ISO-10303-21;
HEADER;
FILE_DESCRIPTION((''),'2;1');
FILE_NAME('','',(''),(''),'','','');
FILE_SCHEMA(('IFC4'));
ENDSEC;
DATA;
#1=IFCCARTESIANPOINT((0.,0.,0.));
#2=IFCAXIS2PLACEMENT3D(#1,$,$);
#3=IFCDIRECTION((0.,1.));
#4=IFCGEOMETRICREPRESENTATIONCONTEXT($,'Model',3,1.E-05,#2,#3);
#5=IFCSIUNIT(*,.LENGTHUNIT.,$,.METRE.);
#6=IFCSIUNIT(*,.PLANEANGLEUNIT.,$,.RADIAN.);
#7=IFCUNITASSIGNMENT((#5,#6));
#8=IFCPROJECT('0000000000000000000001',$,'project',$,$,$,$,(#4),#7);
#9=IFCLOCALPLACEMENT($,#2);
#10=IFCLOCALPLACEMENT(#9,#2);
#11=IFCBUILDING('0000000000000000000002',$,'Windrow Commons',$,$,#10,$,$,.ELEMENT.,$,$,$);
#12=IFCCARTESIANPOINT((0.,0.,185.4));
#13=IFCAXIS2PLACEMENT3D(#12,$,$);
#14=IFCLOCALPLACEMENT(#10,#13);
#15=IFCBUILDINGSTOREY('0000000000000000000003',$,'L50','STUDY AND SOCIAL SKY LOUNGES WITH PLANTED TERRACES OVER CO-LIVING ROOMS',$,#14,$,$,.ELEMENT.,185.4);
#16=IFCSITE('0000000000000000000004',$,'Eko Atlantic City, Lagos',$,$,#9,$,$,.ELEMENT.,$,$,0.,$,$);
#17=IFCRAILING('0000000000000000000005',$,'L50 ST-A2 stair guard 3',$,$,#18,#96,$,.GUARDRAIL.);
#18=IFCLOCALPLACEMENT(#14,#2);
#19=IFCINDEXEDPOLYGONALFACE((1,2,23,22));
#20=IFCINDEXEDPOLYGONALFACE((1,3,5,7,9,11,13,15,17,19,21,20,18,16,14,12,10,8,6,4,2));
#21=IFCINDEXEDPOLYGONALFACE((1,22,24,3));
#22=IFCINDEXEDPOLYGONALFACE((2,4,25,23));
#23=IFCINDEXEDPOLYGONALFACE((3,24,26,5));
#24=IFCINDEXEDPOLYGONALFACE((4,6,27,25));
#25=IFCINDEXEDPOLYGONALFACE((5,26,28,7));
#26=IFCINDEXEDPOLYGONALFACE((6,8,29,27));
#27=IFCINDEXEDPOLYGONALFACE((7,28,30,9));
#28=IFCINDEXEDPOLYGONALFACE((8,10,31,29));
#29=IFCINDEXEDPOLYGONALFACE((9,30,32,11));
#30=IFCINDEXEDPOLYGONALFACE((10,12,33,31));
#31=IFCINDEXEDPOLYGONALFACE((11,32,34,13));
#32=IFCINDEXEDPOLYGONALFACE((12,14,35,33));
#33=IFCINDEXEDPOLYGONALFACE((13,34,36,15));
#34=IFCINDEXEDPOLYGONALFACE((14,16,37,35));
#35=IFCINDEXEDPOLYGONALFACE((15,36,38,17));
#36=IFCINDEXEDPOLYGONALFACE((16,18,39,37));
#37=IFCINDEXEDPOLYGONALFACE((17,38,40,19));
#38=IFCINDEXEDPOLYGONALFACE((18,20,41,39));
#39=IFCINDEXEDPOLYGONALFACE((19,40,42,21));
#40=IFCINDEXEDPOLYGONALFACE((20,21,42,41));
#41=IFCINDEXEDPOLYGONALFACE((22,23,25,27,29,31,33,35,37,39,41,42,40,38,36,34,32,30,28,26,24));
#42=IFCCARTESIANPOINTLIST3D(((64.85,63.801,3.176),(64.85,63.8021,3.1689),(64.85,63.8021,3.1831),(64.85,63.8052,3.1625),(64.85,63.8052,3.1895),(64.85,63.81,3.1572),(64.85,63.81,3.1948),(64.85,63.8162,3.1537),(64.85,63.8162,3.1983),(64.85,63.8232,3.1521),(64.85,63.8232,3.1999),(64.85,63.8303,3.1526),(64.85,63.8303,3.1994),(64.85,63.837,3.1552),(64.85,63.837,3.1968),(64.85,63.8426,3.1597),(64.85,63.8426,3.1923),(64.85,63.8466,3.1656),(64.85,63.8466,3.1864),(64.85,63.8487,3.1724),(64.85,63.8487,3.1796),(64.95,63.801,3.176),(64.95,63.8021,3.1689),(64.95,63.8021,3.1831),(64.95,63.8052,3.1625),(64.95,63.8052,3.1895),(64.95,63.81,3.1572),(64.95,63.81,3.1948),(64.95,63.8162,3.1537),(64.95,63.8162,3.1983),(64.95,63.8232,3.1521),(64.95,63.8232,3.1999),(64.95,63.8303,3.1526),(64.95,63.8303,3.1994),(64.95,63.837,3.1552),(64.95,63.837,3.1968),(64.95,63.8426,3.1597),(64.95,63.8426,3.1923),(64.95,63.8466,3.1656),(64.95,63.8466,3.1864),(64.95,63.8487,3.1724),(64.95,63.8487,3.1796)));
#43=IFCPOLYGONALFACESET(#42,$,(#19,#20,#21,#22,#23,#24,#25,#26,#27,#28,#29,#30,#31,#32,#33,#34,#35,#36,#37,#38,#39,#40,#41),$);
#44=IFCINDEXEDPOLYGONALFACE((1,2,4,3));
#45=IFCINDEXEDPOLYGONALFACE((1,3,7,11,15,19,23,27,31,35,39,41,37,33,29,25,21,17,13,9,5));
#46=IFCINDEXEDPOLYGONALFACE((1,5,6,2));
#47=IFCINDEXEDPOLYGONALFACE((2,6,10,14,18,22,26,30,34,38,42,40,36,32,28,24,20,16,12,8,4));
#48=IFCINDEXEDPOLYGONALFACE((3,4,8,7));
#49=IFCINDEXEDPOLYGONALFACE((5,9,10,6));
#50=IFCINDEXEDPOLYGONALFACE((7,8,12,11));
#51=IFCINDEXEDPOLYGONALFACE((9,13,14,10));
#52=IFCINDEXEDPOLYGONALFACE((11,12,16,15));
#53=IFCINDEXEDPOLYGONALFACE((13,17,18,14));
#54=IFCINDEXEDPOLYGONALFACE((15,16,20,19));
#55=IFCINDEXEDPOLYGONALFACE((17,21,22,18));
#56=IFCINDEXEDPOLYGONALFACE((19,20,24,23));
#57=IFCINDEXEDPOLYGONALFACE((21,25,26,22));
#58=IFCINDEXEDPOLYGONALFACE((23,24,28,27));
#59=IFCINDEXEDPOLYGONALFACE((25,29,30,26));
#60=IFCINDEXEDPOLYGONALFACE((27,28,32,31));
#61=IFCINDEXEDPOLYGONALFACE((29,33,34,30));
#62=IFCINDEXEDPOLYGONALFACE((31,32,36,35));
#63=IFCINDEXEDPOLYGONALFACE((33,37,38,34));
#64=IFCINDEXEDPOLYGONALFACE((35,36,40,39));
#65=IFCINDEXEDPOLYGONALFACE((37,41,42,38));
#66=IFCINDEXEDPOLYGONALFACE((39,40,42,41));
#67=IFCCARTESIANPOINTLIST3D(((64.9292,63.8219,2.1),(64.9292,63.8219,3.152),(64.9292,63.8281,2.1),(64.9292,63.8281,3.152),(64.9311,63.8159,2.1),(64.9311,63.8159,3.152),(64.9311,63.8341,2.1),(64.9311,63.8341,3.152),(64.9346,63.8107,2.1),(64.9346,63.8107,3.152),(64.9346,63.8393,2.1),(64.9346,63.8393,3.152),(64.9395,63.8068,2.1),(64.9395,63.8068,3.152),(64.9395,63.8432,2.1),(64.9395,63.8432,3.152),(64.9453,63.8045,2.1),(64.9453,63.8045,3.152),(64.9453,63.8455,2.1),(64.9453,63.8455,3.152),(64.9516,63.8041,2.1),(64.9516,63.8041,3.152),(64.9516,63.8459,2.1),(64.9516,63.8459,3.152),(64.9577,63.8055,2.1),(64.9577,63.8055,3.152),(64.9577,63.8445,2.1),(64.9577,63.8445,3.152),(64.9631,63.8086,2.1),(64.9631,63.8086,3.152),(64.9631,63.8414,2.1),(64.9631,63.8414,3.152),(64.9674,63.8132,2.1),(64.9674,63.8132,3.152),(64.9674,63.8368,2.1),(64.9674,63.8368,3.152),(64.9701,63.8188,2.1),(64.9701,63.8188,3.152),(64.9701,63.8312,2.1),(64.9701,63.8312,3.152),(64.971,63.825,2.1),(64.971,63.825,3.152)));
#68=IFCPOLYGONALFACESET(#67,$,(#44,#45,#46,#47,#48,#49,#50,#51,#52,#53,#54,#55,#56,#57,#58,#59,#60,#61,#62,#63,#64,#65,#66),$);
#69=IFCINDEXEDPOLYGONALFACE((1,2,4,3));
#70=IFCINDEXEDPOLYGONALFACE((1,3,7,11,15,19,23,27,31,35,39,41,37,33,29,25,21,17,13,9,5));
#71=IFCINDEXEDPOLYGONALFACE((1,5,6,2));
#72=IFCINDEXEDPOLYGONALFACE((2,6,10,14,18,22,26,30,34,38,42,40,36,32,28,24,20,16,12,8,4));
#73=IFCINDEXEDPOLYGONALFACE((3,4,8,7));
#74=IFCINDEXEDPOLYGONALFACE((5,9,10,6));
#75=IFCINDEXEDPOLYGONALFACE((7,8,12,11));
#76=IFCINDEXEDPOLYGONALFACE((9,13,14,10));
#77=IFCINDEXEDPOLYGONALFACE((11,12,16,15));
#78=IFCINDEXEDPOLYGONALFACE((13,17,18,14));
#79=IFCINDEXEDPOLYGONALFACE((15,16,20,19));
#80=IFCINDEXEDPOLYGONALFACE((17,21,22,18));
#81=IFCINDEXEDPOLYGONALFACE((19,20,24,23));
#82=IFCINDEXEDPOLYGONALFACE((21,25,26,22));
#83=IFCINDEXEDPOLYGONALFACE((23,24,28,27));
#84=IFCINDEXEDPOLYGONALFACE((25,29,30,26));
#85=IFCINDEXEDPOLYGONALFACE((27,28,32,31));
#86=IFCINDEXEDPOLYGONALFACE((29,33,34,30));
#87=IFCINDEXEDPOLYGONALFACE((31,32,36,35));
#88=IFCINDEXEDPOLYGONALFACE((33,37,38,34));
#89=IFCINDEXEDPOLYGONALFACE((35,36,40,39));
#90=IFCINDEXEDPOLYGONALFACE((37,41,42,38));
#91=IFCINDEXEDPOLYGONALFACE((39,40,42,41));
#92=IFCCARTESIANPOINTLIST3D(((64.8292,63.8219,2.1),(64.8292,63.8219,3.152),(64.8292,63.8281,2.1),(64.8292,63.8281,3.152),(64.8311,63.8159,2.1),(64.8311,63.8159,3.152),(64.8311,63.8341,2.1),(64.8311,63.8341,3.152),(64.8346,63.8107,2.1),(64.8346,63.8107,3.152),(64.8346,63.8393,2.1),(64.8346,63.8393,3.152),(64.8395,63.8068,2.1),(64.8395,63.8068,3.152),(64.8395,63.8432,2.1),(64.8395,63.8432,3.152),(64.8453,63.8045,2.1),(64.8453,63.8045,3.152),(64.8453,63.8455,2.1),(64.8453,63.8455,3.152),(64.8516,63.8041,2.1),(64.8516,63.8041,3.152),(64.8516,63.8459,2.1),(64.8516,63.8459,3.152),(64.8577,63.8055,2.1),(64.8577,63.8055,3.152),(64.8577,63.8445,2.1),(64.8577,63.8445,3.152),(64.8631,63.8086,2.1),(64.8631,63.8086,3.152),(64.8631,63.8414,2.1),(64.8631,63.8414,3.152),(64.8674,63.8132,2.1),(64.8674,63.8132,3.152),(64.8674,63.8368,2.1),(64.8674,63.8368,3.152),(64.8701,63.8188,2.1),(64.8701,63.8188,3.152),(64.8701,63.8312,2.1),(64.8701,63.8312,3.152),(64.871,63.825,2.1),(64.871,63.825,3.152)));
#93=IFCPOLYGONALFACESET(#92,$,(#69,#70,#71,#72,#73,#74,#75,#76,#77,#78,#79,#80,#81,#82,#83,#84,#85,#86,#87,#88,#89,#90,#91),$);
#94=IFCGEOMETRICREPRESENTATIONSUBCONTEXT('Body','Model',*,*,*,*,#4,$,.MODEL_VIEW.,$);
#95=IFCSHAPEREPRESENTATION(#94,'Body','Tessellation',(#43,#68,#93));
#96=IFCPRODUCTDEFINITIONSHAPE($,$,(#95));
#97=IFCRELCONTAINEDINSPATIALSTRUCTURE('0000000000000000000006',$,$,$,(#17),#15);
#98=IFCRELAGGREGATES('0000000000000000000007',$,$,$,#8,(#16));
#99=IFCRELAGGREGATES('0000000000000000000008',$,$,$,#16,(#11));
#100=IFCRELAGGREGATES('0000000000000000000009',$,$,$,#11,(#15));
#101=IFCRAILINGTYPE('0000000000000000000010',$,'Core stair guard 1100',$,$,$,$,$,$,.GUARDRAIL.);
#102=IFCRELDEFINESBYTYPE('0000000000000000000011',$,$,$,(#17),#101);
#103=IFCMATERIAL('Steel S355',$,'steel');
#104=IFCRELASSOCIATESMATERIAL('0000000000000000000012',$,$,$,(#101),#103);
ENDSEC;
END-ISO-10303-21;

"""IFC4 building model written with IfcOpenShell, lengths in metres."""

from ifc_helpers import new_model, si_unit, direction, frame, origin, origin_2d, place, context, subcontext, project, spatial, circle, extrude, material, type_object, element, save


model = new_model("IFC4")

# Units and contexts
model_context = context("Model", 3, precision=1e-05, world=origin(), true_north=direction((0.0, 1.0)))
body_context = subcontext(model_context, "Body", "Model", "MODEL_VIEW")
ifc_project = project(units=[si_unit("LENGTHUNIT", "METRE"), si_unit("PLANEANGLEUNIT", "RADIAN")], contexts=[model_context])

# Site, building, storey
site_placement = place(None, origin())
site = spatial("IfcSite", under=ifc_project, at=site_placement, Name="Eko Atlantic City, Lagos", CompositionType="ELEMENT", RefElevation=0.0)
building_placement = place(site_placement, origin())
building = spatial("IfcBuilding", under=site, at=building_placement, Name="Windrow Commons", CompositionType="ELEMENT")
storey_placement = place(building_placement, frame((0.0, 0.0, 185.4)))
storey = spatial("IfcBuildingStorey", under=building, at=storey_placement, Name="L50", Description="STUDY AND SOCIAL SKY LOUNGES WITH PLANTED TERRACES OVER CO-LIVING ROOMS", CompositionType="ELEMENT", Elevation=185.4)

# Railing
ifc_material_1 = material(Name="Steel S355", Category="steel")
railing_type_1 = type_object("IfcRailingType", Name="Core stair guard 1100", PredefinedType="GUARDRAIL", material=ifc_material_1)
railing_1_placement = place(storey_placement, frame((64.95, 63.825, 2.1)))
element("IfcRailing", 1, at=railing_1_placement, inside=storey, type_object=railing_type_1, Name="L50 ST-A2 stair guard 3", PredefinedType="GUARDRAIL", context=body_context, shape_type="SweptSolid", body=[
    extrude(circle(Radius=0.024, at=origin_2d()), frame((0.0, 0.0, 1.076), z_axis=(-1.0, 0.0, 0.0), x_axis=(0.0, -1.0, 0.0)), (0.0, 0.0, 1.0), 0.1),
    extrude(circle(Radius=0.021, at=origin_2d()), origin(), (0.0, 0.0, 1.0), 1.052),
    extrude(circle(Radius=0.021, at=origin_2d()), frame((-0.1, 0.0, 0.0)), (0.0, 0.0, 1.0), 1.052),
])

save(model, "model.ifc")
